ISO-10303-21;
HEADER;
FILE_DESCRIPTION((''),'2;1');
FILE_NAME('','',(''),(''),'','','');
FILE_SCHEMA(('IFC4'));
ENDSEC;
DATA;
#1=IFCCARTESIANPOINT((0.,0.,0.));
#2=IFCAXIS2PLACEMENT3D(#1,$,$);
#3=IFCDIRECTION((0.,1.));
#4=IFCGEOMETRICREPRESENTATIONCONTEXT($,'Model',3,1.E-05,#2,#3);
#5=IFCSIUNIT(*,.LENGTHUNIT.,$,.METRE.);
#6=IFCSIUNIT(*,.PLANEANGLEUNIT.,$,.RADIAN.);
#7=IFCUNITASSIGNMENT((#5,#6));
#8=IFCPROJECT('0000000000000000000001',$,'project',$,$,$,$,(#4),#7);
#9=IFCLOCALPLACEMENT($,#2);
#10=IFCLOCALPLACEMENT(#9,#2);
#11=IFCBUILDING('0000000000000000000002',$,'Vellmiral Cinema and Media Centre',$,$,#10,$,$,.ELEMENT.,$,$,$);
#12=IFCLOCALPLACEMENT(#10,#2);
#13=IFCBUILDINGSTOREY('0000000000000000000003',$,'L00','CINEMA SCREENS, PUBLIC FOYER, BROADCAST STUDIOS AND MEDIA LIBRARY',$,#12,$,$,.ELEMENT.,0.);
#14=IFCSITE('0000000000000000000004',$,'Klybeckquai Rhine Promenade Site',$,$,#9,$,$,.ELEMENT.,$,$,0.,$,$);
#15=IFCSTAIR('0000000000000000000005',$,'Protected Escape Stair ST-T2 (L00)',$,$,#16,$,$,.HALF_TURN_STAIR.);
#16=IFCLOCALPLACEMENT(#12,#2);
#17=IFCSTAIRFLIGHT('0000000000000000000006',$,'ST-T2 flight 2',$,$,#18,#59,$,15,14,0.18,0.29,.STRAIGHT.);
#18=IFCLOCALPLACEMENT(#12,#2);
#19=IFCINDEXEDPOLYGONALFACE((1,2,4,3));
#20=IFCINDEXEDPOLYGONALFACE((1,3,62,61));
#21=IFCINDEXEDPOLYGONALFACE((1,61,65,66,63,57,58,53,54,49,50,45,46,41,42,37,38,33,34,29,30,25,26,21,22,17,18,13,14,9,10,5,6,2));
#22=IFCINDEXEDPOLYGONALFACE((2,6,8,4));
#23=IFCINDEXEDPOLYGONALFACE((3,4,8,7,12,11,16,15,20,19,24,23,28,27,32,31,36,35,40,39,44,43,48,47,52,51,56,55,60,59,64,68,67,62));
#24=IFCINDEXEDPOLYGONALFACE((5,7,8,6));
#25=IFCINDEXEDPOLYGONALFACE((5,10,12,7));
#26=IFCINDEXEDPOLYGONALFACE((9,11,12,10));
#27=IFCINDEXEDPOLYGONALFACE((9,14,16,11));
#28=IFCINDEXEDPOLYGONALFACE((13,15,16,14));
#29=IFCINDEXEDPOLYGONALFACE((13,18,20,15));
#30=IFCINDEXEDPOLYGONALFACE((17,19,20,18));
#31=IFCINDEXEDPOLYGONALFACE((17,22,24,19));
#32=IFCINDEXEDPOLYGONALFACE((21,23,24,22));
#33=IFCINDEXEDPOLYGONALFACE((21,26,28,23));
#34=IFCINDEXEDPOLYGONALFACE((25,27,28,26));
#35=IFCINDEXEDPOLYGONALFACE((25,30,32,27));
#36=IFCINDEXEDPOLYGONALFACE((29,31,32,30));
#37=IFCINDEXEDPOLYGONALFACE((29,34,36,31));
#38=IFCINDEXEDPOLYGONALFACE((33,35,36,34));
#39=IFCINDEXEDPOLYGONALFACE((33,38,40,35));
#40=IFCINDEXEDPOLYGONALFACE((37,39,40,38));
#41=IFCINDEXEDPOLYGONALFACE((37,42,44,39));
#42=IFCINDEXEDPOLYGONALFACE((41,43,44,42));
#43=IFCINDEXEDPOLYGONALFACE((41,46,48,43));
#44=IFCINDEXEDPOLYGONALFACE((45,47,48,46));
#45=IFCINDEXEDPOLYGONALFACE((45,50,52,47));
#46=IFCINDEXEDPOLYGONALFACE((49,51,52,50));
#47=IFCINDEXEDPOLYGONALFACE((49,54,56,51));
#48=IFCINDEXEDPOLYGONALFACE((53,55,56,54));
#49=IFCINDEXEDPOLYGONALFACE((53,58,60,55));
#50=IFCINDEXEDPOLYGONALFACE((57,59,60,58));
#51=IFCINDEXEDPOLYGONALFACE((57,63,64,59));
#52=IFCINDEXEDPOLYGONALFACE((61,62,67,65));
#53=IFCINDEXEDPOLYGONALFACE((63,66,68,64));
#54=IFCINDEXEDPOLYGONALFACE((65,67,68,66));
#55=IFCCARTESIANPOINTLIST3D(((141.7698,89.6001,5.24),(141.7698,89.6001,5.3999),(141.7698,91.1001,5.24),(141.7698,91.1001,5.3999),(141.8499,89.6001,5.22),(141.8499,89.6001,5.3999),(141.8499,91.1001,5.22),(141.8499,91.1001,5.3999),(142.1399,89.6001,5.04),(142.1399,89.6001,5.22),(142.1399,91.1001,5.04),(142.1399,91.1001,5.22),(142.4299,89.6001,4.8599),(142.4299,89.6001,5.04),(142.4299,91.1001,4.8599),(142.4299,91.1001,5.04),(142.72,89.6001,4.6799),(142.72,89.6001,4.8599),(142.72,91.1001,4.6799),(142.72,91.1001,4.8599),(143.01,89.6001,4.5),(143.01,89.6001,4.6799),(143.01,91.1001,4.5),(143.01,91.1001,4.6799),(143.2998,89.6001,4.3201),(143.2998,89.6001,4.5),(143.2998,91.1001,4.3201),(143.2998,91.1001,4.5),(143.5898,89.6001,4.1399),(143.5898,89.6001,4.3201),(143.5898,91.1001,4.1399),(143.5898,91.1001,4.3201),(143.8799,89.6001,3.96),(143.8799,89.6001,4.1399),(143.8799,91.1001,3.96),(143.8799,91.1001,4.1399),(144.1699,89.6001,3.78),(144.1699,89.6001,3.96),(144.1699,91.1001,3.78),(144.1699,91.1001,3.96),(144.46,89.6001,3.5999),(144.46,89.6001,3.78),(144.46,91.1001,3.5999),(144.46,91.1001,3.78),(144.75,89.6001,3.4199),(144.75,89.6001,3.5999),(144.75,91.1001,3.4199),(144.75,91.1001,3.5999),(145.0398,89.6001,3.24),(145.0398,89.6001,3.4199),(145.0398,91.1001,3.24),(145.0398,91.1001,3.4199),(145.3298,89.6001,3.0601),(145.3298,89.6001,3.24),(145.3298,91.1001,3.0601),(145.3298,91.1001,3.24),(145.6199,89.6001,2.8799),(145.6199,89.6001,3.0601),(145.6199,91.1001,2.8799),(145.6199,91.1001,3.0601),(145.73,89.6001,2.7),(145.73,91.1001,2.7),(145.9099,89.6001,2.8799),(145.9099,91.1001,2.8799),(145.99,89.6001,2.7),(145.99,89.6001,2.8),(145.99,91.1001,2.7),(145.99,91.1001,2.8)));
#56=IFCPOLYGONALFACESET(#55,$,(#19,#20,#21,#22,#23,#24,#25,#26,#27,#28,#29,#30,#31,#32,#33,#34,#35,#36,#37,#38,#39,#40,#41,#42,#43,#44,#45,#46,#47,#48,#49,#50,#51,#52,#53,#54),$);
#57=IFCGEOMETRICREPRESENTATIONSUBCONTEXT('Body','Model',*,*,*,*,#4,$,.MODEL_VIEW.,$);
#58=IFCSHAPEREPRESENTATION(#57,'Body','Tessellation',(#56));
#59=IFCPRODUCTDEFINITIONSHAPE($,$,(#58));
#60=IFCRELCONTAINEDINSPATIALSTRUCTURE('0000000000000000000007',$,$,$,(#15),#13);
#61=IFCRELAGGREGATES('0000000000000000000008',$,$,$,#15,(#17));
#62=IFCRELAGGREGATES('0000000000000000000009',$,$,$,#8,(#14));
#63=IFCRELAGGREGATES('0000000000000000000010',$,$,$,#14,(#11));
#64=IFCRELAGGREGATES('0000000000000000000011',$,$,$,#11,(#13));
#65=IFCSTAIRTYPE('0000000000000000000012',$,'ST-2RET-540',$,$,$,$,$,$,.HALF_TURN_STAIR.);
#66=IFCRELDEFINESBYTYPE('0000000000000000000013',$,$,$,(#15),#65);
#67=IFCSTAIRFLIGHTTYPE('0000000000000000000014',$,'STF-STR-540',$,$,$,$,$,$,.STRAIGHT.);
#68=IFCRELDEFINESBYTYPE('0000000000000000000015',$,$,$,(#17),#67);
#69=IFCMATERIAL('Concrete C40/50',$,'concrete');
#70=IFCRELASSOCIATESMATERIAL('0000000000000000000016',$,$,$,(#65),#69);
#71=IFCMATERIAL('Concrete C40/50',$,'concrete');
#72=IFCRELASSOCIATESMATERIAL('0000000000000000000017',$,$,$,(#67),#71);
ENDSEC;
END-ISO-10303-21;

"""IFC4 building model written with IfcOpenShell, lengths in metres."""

from ifc_helpers import new_model, si_unit, direction, frame, origin, place, context, subcontext, project, spatial, polyline, outline, extrude, material, type_object, element, aggregate, save


model = new_model("IFC4")

# Units and contexts
model_context = context("Model", 3, precision=1e-05, world=origin(), true_north=direction((0.0, 1.0)))
body_context = subcontext(model_context, "Body", "Model", "MODEL_VIEW")
ifc_project = project(units=[si_unit("LENGTHUNIT", "METRE"), si_unit("PLANEANGLEUNIT", "RADIAN")], contexts=[model_context])

# Site, building, storey
site_placement = place(None, origin())
site = spatial("IfcSite", under=ifc_project, at=site_placement, Name="Klybeckquai Rhine Promenade Site", CompositionType="ELEMENT", RefElevation=0.0)
building_placement = place(site_placement, origin())
building = spatial("IfcBuilding", under=site, at=building_placement, Name="Vellmiral Cinema and Media Centre", CompositionType="ELEMENT")
storey_placement = place(building_placement, origin())
storey = spatial("IfcBuildingStorey", under=building, at=storey_placement, Name="L00", Description="CINEMA SCREENS, PUBLIC FOYER, BROADCAST STUDIOS AND MEDIA LIBRARY", CompositionType="ELEMENT", Elevation=0.0)

# Stair, stair flight
ifc_material_1 = material(Name="Concrete C40/50", Category="concrete")
stair_type = type_object("IfcStairType", Name="ST-2RET-540", PredefinedType="HALF_TURN_STAIR", material=ifc_material_1)
stair_placement = place(storey_placement, origin())
stair = element("IfcStair", 1, at=stair_placement, inside=storey, type_object=stair_type, Name="Protected Escape Stair ST-T2 (L00)", PredefinedType="HALF_TURN_STAIR")
ifc_material_2 = material(Name="Concrete C40/50", Category="concrete")
stair_flight_type = type_object("IfcStairFlightType", Name="STF-STR-540", PredefinedType="STRAIGHT", material=ifc_material_2)
stair_flight_1_placement = place(storey_placement, frame((145.9099, 90.3501, 2.7), z_axis=(0.0, 0.0, 1.0), x_axis=(-1.0, 0.0, 0.0)))
stair_flight_1 = element("IfcStairFlight", 2, at=stair_flight_1_placement, type_object=stair_flight_type, Name="ST-T2 flight 2", NumberOfRisers=15, NumberOfTreads=14, PredefinedType="STRAIGHT", RiserHeight=0.18, TreadLength=0.29, context=body_context, shape_type="SweptSolid", body=[
    extrude(outline(polyline([(-0.0801, 0.0), (-0.0801, 0.1001), (0.0, 0.1799), (0.29, 0.1799), (0.29, 0.3601), (0.5801, 0.3601), (0.5801, 0.54), (0.8701, 0.54), (0.8701, 0.72), (1.1599, 0.72), (1.1599, 0.8999), (1.45, 0.8999), (1.45, 1.0801), (1.74, 1.0801), (1.74, 1.26), (2.03, 1.26), (2.03, 1.4399), (2.3201, 1.4399), (2.3201, 1.6201), (2.6101, 1.6201), (2.6101, 1.8), (2.8999, 1.8), (2.8999, 1.98), (3.1899, 1.98), (3.1899, 2.1599), (3.48, 2.1599), (3.48, 2.3401), (3.77, 2.3401), (3.77, 2.52), (4.0601, 2.52), (4.0601, 2.7), (4.1401, 2.7), (4.1401, 2.54), (0.1799, 0.0), (-0.0801, 0.0)])), frame((0.0, 0.75, 0.0), z_axis=(0.0, -1.0, 0.0), x_axis=(1.0, 0.0, 0.0)), (0.0, 0.0, 1.0), 1.5),
])
aggregate(stair, [stair_flight_1])

save(model, "model.ifc")
